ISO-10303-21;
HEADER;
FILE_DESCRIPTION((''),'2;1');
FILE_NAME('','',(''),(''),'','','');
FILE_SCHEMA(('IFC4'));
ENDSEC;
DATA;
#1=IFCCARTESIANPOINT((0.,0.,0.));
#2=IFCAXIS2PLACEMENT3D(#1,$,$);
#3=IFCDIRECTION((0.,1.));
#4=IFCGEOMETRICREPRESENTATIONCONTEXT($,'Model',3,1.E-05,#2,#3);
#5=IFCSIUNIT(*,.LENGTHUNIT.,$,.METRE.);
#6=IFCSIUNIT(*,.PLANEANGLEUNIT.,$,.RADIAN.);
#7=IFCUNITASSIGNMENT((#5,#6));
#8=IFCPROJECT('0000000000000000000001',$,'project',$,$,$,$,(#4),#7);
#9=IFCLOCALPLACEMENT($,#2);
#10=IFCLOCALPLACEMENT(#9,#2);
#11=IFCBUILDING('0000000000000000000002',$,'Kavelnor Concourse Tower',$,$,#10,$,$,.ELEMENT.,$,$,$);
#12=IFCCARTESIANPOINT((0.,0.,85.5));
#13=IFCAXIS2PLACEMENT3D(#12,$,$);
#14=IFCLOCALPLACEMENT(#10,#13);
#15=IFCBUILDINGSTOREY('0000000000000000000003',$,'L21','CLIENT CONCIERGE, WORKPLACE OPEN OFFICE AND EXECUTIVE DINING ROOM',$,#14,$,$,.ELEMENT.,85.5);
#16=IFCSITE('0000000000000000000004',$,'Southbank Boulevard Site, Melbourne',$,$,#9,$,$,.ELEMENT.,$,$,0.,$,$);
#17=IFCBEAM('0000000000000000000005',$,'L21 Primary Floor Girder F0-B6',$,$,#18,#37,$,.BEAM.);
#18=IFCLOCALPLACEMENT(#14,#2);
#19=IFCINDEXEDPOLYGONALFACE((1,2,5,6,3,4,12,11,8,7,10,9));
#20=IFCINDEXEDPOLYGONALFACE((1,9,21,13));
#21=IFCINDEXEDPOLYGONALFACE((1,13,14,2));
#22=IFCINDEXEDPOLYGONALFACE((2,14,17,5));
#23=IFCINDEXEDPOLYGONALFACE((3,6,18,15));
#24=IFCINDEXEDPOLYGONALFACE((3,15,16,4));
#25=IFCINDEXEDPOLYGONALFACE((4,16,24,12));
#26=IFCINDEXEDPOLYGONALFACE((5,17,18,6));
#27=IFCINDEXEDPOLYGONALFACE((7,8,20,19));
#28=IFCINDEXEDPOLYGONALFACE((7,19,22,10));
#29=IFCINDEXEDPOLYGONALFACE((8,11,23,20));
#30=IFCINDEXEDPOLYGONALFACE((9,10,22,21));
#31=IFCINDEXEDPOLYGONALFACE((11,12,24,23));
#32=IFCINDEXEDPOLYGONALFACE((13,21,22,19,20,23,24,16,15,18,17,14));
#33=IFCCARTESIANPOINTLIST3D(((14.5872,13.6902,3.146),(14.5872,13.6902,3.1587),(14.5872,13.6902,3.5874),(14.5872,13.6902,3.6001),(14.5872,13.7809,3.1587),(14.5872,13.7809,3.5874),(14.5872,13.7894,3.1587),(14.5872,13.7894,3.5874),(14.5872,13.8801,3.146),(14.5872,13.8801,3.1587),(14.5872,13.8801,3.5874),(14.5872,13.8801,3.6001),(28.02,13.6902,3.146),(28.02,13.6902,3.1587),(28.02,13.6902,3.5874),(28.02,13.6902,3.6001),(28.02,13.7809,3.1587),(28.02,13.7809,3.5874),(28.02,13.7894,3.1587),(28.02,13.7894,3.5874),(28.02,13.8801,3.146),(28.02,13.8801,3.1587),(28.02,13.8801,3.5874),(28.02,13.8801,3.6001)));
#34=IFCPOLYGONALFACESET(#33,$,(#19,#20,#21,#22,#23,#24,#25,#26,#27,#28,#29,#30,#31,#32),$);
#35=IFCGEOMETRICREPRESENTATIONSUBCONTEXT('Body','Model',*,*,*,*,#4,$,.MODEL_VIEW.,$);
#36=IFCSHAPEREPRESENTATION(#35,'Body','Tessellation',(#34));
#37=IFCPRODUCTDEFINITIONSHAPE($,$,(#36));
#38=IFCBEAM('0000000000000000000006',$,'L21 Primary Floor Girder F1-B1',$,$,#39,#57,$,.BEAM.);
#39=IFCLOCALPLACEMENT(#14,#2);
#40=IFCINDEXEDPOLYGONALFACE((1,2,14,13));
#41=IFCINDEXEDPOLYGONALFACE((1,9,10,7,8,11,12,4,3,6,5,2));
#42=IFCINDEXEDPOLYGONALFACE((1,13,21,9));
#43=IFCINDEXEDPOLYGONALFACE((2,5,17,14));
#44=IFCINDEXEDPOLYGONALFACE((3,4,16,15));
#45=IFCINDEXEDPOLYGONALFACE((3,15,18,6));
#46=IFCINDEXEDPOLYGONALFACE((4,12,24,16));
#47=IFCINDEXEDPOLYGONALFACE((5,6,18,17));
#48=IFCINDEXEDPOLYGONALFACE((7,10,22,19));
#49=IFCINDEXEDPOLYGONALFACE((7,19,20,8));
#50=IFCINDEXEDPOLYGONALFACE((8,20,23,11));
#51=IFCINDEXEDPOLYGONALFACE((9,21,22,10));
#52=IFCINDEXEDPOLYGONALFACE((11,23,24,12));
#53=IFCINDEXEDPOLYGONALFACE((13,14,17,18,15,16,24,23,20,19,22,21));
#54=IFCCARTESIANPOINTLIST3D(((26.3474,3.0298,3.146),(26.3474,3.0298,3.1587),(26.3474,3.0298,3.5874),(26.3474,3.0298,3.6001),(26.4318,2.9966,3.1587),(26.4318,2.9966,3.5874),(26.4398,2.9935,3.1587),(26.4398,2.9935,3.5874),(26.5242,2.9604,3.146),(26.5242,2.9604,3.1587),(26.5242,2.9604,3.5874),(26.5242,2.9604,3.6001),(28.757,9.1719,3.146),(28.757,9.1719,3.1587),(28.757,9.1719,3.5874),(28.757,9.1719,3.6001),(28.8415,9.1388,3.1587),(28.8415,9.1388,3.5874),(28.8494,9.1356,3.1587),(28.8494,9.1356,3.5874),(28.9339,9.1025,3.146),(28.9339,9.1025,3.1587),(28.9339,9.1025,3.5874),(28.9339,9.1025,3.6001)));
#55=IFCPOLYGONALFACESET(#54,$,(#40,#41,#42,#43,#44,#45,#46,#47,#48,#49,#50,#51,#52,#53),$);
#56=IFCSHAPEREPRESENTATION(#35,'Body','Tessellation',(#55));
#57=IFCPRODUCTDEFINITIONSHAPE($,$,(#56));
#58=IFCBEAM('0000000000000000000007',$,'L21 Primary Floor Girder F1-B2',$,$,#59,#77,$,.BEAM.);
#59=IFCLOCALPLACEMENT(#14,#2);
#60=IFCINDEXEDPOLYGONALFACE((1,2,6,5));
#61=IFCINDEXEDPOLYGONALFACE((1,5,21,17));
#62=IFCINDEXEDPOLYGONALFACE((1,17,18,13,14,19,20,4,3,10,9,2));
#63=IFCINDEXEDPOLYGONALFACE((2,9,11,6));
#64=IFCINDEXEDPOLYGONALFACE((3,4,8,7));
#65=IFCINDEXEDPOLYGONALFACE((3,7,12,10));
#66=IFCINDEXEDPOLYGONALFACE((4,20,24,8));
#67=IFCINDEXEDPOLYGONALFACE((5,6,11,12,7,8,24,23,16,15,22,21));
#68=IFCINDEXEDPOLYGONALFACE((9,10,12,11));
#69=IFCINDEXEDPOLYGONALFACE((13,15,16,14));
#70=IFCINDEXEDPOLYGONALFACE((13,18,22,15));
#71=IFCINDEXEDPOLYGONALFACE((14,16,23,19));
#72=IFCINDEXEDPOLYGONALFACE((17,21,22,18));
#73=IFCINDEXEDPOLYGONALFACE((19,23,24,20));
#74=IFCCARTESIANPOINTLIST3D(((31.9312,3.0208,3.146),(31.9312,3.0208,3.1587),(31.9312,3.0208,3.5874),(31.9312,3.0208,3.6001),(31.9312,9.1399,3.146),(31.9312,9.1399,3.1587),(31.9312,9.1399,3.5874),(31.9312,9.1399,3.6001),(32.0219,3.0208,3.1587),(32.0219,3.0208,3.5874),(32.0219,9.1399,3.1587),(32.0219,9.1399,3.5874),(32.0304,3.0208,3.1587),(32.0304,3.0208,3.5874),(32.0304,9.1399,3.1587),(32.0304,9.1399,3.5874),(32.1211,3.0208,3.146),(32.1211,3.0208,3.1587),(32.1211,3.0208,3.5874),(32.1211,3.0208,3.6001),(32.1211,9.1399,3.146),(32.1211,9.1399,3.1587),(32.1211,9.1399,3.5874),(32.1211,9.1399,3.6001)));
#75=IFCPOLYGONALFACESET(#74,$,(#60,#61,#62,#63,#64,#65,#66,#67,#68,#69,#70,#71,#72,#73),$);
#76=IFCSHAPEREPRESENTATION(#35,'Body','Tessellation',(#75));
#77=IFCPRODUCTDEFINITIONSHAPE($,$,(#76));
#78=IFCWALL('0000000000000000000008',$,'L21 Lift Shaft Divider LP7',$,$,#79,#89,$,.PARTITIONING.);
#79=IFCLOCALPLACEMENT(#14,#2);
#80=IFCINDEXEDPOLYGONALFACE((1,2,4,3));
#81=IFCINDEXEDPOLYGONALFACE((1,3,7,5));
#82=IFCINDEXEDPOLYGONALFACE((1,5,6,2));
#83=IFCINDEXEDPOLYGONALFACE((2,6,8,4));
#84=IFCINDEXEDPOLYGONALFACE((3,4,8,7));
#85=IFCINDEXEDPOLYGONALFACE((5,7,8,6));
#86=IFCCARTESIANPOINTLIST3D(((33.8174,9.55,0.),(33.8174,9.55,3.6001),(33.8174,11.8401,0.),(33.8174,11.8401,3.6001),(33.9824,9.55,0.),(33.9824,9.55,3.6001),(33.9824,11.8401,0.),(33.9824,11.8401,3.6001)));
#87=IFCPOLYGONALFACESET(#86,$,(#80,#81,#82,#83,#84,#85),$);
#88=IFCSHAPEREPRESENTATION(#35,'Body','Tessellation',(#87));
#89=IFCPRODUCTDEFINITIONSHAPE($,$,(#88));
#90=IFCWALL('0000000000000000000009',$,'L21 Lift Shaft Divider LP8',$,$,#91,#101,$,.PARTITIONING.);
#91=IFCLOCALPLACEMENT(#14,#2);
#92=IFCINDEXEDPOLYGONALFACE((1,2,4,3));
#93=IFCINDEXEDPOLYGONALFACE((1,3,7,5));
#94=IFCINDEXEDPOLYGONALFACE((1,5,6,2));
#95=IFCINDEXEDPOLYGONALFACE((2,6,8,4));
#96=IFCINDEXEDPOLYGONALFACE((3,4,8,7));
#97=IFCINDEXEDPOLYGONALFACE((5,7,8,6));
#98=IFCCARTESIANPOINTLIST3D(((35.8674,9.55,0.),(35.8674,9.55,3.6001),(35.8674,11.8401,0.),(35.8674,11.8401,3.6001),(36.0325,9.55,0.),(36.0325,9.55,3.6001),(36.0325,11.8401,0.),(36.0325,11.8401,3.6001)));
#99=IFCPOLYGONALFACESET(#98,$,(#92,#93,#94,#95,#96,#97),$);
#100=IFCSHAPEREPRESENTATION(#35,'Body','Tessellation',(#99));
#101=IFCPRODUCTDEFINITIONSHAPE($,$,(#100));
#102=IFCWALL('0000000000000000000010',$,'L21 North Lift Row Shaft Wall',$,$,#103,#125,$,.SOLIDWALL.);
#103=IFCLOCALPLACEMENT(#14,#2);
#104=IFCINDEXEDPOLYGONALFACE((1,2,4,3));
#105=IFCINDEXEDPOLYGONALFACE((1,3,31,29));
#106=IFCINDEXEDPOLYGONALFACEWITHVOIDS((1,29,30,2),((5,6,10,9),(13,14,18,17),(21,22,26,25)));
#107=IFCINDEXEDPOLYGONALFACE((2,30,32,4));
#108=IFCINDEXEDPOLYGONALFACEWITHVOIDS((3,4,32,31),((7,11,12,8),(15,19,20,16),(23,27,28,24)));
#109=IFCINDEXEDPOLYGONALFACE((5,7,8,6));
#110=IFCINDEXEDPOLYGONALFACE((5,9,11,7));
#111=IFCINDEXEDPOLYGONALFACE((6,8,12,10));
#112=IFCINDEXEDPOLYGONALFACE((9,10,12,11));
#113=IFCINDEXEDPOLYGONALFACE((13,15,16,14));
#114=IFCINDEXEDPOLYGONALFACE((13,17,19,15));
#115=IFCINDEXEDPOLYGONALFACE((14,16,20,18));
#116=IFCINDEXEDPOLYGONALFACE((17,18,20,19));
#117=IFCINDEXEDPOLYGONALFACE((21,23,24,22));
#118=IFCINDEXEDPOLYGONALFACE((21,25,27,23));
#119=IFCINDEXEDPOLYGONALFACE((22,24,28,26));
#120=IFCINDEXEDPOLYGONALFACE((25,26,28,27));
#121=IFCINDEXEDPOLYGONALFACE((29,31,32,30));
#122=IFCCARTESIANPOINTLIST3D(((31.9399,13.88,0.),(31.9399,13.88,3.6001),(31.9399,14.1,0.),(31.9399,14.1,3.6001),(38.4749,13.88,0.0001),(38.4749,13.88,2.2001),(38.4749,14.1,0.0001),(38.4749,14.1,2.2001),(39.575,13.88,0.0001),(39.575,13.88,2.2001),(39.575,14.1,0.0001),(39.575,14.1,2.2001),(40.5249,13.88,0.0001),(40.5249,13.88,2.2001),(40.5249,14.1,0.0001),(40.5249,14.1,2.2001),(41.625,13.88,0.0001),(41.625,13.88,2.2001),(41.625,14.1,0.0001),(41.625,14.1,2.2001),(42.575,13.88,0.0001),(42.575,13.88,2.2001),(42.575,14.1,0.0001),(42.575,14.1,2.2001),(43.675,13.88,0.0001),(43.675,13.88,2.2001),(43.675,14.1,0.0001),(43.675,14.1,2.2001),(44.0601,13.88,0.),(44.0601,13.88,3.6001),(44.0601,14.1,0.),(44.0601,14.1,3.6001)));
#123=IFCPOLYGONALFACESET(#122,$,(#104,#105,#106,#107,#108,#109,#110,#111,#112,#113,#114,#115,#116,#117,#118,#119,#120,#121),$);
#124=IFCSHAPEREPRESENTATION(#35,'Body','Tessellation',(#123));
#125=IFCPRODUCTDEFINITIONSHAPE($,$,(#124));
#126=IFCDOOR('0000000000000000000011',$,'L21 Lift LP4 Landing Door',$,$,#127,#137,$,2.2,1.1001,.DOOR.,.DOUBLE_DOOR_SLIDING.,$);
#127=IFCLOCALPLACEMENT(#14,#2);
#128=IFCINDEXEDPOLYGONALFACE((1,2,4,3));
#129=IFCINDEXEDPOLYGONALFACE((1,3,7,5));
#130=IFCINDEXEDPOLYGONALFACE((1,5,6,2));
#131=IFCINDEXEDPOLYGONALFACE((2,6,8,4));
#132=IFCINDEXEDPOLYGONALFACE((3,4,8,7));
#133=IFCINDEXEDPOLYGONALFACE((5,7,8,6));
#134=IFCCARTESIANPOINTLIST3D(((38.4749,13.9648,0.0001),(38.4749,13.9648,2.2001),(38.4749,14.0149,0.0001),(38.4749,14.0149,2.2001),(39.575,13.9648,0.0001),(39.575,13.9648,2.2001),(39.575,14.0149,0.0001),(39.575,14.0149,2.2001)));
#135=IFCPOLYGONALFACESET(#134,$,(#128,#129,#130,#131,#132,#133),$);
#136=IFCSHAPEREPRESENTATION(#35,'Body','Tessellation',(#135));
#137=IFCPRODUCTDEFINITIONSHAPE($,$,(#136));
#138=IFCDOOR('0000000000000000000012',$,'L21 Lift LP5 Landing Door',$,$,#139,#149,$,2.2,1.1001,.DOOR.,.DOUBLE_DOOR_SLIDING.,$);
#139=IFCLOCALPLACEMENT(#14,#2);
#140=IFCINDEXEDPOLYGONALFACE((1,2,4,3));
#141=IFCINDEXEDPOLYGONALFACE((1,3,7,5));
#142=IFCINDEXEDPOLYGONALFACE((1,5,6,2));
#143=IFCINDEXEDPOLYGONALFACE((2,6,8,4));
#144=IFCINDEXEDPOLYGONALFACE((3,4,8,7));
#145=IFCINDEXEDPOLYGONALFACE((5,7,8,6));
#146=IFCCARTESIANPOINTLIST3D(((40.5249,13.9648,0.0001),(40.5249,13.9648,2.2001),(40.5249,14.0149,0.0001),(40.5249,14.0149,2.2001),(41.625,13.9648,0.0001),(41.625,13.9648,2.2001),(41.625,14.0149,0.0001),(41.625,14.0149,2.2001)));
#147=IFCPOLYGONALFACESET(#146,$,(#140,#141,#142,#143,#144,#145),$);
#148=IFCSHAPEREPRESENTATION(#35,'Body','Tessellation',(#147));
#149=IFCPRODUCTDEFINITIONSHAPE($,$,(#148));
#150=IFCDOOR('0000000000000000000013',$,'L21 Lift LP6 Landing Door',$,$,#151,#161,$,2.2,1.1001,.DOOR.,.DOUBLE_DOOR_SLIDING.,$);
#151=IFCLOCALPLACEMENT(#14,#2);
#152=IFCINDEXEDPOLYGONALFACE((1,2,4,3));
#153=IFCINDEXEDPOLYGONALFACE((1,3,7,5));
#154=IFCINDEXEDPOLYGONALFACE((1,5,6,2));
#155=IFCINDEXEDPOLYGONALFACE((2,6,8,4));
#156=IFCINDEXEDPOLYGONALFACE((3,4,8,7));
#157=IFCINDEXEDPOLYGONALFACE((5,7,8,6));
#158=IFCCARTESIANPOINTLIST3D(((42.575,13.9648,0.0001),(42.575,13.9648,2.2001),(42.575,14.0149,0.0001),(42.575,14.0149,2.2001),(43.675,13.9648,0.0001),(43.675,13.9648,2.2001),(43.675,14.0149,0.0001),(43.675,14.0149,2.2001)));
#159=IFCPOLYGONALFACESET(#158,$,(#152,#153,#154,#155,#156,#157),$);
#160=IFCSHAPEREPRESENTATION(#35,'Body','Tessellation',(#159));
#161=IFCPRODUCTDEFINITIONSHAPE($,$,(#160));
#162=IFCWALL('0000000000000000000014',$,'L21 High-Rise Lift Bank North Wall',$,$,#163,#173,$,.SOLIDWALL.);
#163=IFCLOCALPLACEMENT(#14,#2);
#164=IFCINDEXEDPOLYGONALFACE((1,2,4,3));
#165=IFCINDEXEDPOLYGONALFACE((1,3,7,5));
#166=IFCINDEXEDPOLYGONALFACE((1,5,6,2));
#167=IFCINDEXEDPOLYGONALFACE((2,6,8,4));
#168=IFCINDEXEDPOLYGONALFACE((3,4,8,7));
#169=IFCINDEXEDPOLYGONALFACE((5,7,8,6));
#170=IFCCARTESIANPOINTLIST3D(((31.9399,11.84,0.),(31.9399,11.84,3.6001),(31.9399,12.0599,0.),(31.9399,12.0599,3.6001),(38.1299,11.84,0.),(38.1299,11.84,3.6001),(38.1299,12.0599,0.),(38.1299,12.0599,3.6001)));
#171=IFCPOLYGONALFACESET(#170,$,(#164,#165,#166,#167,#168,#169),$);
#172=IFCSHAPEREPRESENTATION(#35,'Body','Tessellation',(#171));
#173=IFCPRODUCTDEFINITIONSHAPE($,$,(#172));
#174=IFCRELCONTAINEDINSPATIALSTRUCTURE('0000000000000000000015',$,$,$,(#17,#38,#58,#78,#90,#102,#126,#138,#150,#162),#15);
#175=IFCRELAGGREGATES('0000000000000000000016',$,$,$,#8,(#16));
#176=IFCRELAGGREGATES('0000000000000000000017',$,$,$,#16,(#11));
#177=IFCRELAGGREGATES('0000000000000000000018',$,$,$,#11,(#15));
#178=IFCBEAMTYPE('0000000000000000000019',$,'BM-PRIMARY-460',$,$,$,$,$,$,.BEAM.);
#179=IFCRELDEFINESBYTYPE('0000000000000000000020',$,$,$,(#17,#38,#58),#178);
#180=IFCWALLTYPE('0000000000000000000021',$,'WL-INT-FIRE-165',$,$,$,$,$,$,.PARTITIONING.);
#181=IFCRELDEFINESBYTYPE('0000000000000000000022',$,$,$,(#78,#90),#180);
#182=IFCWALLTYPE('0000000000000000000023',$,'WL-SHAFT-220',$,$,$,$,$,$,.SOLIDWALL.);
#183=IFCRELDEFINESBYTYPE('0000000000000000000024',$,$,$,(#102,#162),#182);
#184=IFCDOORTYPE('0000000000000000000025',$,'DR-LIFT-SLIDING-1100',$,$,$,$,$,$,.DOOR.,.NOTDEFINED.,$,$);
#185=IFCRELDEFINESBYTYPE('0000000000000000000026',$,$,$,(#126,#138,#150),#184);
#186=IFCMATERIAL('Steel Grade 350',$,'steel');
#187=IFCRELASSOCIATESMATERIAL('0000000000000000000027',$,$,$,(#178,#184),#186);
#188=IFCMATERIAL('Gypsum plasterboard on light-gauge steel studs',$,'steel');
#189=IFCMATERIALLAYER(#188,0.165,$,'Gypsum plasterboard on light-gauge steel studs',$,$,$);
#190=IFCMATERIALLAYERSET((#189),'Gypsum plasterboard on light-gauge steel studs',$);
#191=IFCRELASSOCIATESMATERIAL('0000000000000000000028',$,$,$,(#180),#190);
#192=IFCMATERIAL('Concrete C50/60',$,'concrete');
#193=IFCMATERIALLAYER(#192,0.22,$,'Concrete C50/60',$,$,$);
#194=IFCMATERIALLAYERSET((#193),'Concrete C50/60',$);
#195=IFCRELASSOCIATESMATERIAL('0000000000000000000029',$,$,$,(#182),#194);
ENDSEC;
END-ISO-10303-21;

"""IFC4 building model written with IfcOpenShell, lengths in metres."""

from ifc_helpers import new_model, si_unit, direction, frame, frame_2d, origin, origin_2d, place, context, subcontext, project, spatial, rectangle, i_section, extrude, material, layer, layer_set, material_profile, profile_set, type_object, element, fill, save


model = new_model("IFC4")

# Units and contexts
model_context = context("Model", 3, precision=1e-05, world=origin(), true_north=direction((0.0, 1.0)))
body_context = subcontext(model_context, "Body", "Model", "MODEL_VIEW")
ifc_project = project(units=[si_unit("LENGTHUNIT", "METRE"), si_unit("PLANEANGLEUNIT", "RADIAN")], contexts=[model_context])

# Site, building, storey
site_placement = place(None, origin())
site = spatial("IfcSite", under=ifc_project, at=site_placement, Name="Southbank Boulevard Site, Melbourne", CompositionType="ELEMENT", RefElevation=0.0)
building_placement = place(site_placement, origin())
building = spatial("IfcBuilding", under=site, at=building_placement, Name="Kavelnor Concourse Tower", CompositionType="ELEMENT")
storey_placement = place(building_placement, frame((0.0, 0.0, 85.5)))
storey = spatial("IfcBuildingStorey", under=building, at=storey_placement, Name="L21", Description="CLIENT CONCIERGE, WORKPLACE OPEN OFFICE AND EXECUTIVE DINING ROOM", CompositionType="ELEMENT", Elevation=85.5)

# Beams
ifc_material_1 = material(Name="Steel Grade 350", Category="steel")
ifc_material_profile = material_profile(ifc_material_1, i_section(OverallWidth=0.1899, OverallDepth=0.4541, WebThickness=0.0085, FlangeThickness=0.0127, at=origin_2d()), Name="460UB67")
ifc_profile_set = profile_set([ifc_material_profile], Name="Steel Grade 350")
beam_type = type_object("IfcBeamType", Name="BM-PRIMARY-460", PredefinedType="BEAM", material=ifc_profile_set)
beam_1_placement = place(storey_placement, frame((28.02, 13.7852, 3.373), z_axis=(-1.0, 0.0, 0.0), x_axis=(0.0, -1.0, 0.0)))
element("IfcBeam", 1, at=beam_1_placement, inside=storey, type_object=beam_type, Name="L21 Primary Floor Girder F0-B6", PredefinedType="BEAM", context=body_context, shape_type="SweptSolid", body=[
    extrude(i_section(OverallWidth=0.1899, OverallDepth=0.4541, WebThickness=0.0085, FlangeThickness=0.0127, at=origin_2d()), origin(), (0.0, 0.0, 1.0), 13.4329),
])
beam_2_placement = place(storey_placement, frame((28.8455, 9.1372, 3.373), z_axis=(-0.36522, -0.930921, 0.0), x_axis=(0.930921, -0.36522, 0.0)))
element("IfcBeam", 2, at=beam_2_placement, inside=storey, type_object=beam_type, Name="L21 Primary Floor Girder F1-B1", PredefinedType="BEAM", context=body_context, shape_type="SweptSolid", body=[
    extrude(i_section(OverallWidth=0.1899, OverallDepth=0.4541, WebThickness=0.0085, FlangeThickness=0.0127, at=origin_2d()), origin(), (0.0, 0.0, 1.0), 6.5979),
])
beam_3_placement = place(storey_placement, frame((32.0261, 9.1399, 3.373), z_axis=(0.0, -1.0, 0.0), x_axis=(1.0, 0.0, 0.0)))
element("IfcBeam", 3, at=beam_3_placement, inside=storey, type_object=beam_type, Name="L21 Primary Floor Girder F1-B2", PredefinedType="BEAM", context=body_context, shape_type="SweptSolid", body=[
    extrude(i_section(OverallWidth=0.1899, OverallDepth=0.4541, WebThickness=0.0085, FlangeThickness=0.0127, at=origin_2d()), origin(), (0.0, 0.0, 1.0), 6.1191),
])

# Walls
ifc_material_2 = material(Name="Gypsum plasterboard on light-gauge steel studs", Category="steel")
ifc_layer_1 = layer(ifc_material_2, 0.165, Name="Gypsum plasterboard on light-gauge steel studs")
ifc_layer_set_1 = layer_set([ifc_layer_1], Name="Gypsum plasterboard on light-gauge steel studs")
wall_type_1 = type_object("IfcWallType", Name="WL-INT-FIRE-165", PredefinedType="PARTITIONING", material=ifc_layer_set_1)
for number, where, z_axis, x_axis, name in (
    (4, (33.8999, 9.55, 0.0), (0.0, 0.0, 1.0), (0.0, 1.0, 0.0), "L21 Lift Shaft Divider LP7"),
    (5, (35.95, 9.55, 0.0), (0.0, 0.0, 1.0), (0.0, 1.0, 0.0), "L21 Lift Shaft Divider LP8"),
):
    element("IfcWall", number, at=place(storey_placement, frame(where, z_axis=z_axis, x_axis=x_axis)), inside=storey, type_object=wall_type_1, Name=name, PredefinedType="PARTITIONING", context=body_context, shape_type="SweptSolid", body=[
        extrude(rectangle(XDim=2.29, YDim=0.165, at=frame_2d((1.145, 0.0))), origin(), (0.0, 0.0, 1.0), 3.6001),
    ])

# Wall, openings, doors
ifc_material_3 = material(Name="Concrete C50/60", Category="concrete")
ifc_layer_2 = layer(ifc_material_3, 0.22, Name="Concrete C50/60")
ifc_layer_set_2 = layer_set([ifc_layer_2], Name="Concrete C50/60")
wall_type_2 = type_object("IfcWallType", Name="WL-SHAFT-220", PredefinedType="SOLIDWALL", material=ifc_layer_set_2)
wall_1_placement = place(storey_placement, frame((31.9399, 13.99, 0.0), z_axis=(0.0, 0.0, 1.0), x_axis=(1.0, 0.0, 0.0)))
wall_1 = element("IfcWall", 6, at=wall_1_placement, inside=storey, type_object=wall_type_2, Name="L21 North Lift Row Shaft Wall", PredefinedType="SOLIDWALL", context=body_context, shape_type="SweptSolid", body=[
    extrude(rectangle(XDim=12.1201, YDim=0.22, at=frame_2d((6.0601, 0.0))), origin(), (0.0, 0.0, 1.0), 3.6001),
])
opening_1_placement = place(wall_1_placement, frame((6.5349, 0.0, 0.0)))
opening_1 = element("IfcOpeningElement", 7, at=opening_1_placement, cuts=wall_1, PredefinedType="OPENING", context=body_context, shape_type="SweptSolid", body=[
    extrude(rectangle(XDim=1.1001, YDim=2.2, at=frame_2d((0.55, 1.1001))), frame((0.0, 0.1201, 0.0), z_axis=(0.0, -1.0, 0.0), x_axis=(1.0, 0.0, 0.0)), (0.0, 0.0, 1.0), 0.24),
])
opening_2_placement = place(wall_1_placement, frame((8.585, 0.0, 0.0)))
opening_2 = element("IfcOpeningElement", 8, at=opening_2_placement, cuts=wall_1, PredefinedType="OPENING", context=body_context, shape_type="SweptSolid", body=[
    extrude(rectangle(XDim=1.1001, YDim=2.2, at=frame_2d((0.55, 1.1001))), frame((0.0, 0.1201, 0.0), z_axis=(0.0, -1.0, 0.0), x_axis=(1.0, 0.0, 0.0)), (0.0, 0.0, 1.0), 0.24),
])
opening_3_placement = place(wall_1_placement, frame((10.635, 0.0, 0.0)))
opening_3 = element("IfcOpeningElement", 9, at=opening_3_placement, cuts=wall_1, PredefinedType="OPENING", context=body_context, shape_type="SweptSolid", body=[
    extrude(rectangle(XDim=1.1001, YDim=2.2, at=frame_2d((0.55, 1.1001))), frame((0.0, 0.1201, 0.0), z_axis=(0.0, -1.0, 0.0), x_axis=(1.0, 0.0, 0.0)), (0.0, 0.0, 1.0), 0.24),
])
door_type_1 = type_object("IfcDoorType", Name="DR-LIFT-SLIDING-1100", OperationType="NOTDEFINED", PredefinedType="DOOR", material=ifc_material_1)
door_1_placement = place(opening_1_placement, origin())
door_1 = element("IfcDoor", 10, at=door_1_placement, inside=storey, type_object=door_type_1, Name="L21 Lift LP4 Landing Door", OperationType="DOUBLE_DOOR_SLIDING", OverallHeight=2.2, OverallWidth=1.1001, PredefinedType="DOOR", context=body_context, shape_type="SweptSolid", body=[
    extrude(rectangle(XDim=1.1001, YDim=2.2, at=frame_2d((0.55, 1.1001))), frame((0.0, 0.0249, 0.0), z_axis=(0.0, -1.0, 0.0), x_axis=(1.0, 0.0, 0.0)), (0.0, 0.0, 1.0), 0.05),
])
fill(opening_1, door_1)
door_2_placement = place(opening_2_placement, origin())
door_2 = element("IfcDoor", 11, at=door_2_placement, inside=storey, type_object=door_type_1, Name="L21 Lift LP5 Landing Door", OperationType="DOUBLE_DOOR_SLIDING", OverallHeight=2.2, OverallWidth=1.1001, PredefinedType="DOOR", context=body_context, shape_type="SweptSolid", body=[
    extrude(rectangle(XDim=1.1001, YDim=2.2, at=frame_2d((0.55, 1.1001))), frame((0.0, 0.0249, 0.0), z_axis=(0.0, -1.0, 0.0), x_axis=(1.0, 0.0, 0.0)), (0.0, 0.0, 1.0), 0.05),
])
fill(opening_2, door_2)
door_3_placement = place(opening_3_placement, origin())
door_3 = element("IfcDoor", 12, at=door_3_placement, inside=storey, type_object=door_type_1, Name="L21 Lift LP6 Landing Door", OperationType="DOUBLE_DOOR_SLIDING", OverallHeight=2.2, OverallWidth=1.1001, PredefinedType="DOOR", context=body_context, shape_type="SweptSolid", body=[
    extrude(rectangle(XDim=1.1001, YDim=2.2, at=frame_2d((0.55, 1.1001))), frame((0.0, 0.0249, 0.0), z_axis=(0.0, -1.0, 0.0), x_axis=(1.0, 0.0, 0.0)), (0.0, 0.0, 1.0), 0.05),
])
fill(opening_3, door_3)

# Wall
wall_2_placement = place(storey_placement, frame((31.9399, 11.95, 0.0), z_axis=(0.0, 0.0, 1.0), x_axis=(1.0, 0.0, 0.0)))
element("IfcWall", 13, at=wall_2_placement, inside=storey, type_object=wall_type_2, Name="L21 High-Rise Lift Bank North Wall", PredefinedType="SOLIDWALL", context=body_context, shape_type="SweptSolid", body=[
    extrude(rectangle(XDim=6.1899, YDim=0.22, at=frame_2d((3.095, 0.0))), origin(), (0.0, 0.0, 1.0), 3.6001),
])

save(model, "model.ifc")
